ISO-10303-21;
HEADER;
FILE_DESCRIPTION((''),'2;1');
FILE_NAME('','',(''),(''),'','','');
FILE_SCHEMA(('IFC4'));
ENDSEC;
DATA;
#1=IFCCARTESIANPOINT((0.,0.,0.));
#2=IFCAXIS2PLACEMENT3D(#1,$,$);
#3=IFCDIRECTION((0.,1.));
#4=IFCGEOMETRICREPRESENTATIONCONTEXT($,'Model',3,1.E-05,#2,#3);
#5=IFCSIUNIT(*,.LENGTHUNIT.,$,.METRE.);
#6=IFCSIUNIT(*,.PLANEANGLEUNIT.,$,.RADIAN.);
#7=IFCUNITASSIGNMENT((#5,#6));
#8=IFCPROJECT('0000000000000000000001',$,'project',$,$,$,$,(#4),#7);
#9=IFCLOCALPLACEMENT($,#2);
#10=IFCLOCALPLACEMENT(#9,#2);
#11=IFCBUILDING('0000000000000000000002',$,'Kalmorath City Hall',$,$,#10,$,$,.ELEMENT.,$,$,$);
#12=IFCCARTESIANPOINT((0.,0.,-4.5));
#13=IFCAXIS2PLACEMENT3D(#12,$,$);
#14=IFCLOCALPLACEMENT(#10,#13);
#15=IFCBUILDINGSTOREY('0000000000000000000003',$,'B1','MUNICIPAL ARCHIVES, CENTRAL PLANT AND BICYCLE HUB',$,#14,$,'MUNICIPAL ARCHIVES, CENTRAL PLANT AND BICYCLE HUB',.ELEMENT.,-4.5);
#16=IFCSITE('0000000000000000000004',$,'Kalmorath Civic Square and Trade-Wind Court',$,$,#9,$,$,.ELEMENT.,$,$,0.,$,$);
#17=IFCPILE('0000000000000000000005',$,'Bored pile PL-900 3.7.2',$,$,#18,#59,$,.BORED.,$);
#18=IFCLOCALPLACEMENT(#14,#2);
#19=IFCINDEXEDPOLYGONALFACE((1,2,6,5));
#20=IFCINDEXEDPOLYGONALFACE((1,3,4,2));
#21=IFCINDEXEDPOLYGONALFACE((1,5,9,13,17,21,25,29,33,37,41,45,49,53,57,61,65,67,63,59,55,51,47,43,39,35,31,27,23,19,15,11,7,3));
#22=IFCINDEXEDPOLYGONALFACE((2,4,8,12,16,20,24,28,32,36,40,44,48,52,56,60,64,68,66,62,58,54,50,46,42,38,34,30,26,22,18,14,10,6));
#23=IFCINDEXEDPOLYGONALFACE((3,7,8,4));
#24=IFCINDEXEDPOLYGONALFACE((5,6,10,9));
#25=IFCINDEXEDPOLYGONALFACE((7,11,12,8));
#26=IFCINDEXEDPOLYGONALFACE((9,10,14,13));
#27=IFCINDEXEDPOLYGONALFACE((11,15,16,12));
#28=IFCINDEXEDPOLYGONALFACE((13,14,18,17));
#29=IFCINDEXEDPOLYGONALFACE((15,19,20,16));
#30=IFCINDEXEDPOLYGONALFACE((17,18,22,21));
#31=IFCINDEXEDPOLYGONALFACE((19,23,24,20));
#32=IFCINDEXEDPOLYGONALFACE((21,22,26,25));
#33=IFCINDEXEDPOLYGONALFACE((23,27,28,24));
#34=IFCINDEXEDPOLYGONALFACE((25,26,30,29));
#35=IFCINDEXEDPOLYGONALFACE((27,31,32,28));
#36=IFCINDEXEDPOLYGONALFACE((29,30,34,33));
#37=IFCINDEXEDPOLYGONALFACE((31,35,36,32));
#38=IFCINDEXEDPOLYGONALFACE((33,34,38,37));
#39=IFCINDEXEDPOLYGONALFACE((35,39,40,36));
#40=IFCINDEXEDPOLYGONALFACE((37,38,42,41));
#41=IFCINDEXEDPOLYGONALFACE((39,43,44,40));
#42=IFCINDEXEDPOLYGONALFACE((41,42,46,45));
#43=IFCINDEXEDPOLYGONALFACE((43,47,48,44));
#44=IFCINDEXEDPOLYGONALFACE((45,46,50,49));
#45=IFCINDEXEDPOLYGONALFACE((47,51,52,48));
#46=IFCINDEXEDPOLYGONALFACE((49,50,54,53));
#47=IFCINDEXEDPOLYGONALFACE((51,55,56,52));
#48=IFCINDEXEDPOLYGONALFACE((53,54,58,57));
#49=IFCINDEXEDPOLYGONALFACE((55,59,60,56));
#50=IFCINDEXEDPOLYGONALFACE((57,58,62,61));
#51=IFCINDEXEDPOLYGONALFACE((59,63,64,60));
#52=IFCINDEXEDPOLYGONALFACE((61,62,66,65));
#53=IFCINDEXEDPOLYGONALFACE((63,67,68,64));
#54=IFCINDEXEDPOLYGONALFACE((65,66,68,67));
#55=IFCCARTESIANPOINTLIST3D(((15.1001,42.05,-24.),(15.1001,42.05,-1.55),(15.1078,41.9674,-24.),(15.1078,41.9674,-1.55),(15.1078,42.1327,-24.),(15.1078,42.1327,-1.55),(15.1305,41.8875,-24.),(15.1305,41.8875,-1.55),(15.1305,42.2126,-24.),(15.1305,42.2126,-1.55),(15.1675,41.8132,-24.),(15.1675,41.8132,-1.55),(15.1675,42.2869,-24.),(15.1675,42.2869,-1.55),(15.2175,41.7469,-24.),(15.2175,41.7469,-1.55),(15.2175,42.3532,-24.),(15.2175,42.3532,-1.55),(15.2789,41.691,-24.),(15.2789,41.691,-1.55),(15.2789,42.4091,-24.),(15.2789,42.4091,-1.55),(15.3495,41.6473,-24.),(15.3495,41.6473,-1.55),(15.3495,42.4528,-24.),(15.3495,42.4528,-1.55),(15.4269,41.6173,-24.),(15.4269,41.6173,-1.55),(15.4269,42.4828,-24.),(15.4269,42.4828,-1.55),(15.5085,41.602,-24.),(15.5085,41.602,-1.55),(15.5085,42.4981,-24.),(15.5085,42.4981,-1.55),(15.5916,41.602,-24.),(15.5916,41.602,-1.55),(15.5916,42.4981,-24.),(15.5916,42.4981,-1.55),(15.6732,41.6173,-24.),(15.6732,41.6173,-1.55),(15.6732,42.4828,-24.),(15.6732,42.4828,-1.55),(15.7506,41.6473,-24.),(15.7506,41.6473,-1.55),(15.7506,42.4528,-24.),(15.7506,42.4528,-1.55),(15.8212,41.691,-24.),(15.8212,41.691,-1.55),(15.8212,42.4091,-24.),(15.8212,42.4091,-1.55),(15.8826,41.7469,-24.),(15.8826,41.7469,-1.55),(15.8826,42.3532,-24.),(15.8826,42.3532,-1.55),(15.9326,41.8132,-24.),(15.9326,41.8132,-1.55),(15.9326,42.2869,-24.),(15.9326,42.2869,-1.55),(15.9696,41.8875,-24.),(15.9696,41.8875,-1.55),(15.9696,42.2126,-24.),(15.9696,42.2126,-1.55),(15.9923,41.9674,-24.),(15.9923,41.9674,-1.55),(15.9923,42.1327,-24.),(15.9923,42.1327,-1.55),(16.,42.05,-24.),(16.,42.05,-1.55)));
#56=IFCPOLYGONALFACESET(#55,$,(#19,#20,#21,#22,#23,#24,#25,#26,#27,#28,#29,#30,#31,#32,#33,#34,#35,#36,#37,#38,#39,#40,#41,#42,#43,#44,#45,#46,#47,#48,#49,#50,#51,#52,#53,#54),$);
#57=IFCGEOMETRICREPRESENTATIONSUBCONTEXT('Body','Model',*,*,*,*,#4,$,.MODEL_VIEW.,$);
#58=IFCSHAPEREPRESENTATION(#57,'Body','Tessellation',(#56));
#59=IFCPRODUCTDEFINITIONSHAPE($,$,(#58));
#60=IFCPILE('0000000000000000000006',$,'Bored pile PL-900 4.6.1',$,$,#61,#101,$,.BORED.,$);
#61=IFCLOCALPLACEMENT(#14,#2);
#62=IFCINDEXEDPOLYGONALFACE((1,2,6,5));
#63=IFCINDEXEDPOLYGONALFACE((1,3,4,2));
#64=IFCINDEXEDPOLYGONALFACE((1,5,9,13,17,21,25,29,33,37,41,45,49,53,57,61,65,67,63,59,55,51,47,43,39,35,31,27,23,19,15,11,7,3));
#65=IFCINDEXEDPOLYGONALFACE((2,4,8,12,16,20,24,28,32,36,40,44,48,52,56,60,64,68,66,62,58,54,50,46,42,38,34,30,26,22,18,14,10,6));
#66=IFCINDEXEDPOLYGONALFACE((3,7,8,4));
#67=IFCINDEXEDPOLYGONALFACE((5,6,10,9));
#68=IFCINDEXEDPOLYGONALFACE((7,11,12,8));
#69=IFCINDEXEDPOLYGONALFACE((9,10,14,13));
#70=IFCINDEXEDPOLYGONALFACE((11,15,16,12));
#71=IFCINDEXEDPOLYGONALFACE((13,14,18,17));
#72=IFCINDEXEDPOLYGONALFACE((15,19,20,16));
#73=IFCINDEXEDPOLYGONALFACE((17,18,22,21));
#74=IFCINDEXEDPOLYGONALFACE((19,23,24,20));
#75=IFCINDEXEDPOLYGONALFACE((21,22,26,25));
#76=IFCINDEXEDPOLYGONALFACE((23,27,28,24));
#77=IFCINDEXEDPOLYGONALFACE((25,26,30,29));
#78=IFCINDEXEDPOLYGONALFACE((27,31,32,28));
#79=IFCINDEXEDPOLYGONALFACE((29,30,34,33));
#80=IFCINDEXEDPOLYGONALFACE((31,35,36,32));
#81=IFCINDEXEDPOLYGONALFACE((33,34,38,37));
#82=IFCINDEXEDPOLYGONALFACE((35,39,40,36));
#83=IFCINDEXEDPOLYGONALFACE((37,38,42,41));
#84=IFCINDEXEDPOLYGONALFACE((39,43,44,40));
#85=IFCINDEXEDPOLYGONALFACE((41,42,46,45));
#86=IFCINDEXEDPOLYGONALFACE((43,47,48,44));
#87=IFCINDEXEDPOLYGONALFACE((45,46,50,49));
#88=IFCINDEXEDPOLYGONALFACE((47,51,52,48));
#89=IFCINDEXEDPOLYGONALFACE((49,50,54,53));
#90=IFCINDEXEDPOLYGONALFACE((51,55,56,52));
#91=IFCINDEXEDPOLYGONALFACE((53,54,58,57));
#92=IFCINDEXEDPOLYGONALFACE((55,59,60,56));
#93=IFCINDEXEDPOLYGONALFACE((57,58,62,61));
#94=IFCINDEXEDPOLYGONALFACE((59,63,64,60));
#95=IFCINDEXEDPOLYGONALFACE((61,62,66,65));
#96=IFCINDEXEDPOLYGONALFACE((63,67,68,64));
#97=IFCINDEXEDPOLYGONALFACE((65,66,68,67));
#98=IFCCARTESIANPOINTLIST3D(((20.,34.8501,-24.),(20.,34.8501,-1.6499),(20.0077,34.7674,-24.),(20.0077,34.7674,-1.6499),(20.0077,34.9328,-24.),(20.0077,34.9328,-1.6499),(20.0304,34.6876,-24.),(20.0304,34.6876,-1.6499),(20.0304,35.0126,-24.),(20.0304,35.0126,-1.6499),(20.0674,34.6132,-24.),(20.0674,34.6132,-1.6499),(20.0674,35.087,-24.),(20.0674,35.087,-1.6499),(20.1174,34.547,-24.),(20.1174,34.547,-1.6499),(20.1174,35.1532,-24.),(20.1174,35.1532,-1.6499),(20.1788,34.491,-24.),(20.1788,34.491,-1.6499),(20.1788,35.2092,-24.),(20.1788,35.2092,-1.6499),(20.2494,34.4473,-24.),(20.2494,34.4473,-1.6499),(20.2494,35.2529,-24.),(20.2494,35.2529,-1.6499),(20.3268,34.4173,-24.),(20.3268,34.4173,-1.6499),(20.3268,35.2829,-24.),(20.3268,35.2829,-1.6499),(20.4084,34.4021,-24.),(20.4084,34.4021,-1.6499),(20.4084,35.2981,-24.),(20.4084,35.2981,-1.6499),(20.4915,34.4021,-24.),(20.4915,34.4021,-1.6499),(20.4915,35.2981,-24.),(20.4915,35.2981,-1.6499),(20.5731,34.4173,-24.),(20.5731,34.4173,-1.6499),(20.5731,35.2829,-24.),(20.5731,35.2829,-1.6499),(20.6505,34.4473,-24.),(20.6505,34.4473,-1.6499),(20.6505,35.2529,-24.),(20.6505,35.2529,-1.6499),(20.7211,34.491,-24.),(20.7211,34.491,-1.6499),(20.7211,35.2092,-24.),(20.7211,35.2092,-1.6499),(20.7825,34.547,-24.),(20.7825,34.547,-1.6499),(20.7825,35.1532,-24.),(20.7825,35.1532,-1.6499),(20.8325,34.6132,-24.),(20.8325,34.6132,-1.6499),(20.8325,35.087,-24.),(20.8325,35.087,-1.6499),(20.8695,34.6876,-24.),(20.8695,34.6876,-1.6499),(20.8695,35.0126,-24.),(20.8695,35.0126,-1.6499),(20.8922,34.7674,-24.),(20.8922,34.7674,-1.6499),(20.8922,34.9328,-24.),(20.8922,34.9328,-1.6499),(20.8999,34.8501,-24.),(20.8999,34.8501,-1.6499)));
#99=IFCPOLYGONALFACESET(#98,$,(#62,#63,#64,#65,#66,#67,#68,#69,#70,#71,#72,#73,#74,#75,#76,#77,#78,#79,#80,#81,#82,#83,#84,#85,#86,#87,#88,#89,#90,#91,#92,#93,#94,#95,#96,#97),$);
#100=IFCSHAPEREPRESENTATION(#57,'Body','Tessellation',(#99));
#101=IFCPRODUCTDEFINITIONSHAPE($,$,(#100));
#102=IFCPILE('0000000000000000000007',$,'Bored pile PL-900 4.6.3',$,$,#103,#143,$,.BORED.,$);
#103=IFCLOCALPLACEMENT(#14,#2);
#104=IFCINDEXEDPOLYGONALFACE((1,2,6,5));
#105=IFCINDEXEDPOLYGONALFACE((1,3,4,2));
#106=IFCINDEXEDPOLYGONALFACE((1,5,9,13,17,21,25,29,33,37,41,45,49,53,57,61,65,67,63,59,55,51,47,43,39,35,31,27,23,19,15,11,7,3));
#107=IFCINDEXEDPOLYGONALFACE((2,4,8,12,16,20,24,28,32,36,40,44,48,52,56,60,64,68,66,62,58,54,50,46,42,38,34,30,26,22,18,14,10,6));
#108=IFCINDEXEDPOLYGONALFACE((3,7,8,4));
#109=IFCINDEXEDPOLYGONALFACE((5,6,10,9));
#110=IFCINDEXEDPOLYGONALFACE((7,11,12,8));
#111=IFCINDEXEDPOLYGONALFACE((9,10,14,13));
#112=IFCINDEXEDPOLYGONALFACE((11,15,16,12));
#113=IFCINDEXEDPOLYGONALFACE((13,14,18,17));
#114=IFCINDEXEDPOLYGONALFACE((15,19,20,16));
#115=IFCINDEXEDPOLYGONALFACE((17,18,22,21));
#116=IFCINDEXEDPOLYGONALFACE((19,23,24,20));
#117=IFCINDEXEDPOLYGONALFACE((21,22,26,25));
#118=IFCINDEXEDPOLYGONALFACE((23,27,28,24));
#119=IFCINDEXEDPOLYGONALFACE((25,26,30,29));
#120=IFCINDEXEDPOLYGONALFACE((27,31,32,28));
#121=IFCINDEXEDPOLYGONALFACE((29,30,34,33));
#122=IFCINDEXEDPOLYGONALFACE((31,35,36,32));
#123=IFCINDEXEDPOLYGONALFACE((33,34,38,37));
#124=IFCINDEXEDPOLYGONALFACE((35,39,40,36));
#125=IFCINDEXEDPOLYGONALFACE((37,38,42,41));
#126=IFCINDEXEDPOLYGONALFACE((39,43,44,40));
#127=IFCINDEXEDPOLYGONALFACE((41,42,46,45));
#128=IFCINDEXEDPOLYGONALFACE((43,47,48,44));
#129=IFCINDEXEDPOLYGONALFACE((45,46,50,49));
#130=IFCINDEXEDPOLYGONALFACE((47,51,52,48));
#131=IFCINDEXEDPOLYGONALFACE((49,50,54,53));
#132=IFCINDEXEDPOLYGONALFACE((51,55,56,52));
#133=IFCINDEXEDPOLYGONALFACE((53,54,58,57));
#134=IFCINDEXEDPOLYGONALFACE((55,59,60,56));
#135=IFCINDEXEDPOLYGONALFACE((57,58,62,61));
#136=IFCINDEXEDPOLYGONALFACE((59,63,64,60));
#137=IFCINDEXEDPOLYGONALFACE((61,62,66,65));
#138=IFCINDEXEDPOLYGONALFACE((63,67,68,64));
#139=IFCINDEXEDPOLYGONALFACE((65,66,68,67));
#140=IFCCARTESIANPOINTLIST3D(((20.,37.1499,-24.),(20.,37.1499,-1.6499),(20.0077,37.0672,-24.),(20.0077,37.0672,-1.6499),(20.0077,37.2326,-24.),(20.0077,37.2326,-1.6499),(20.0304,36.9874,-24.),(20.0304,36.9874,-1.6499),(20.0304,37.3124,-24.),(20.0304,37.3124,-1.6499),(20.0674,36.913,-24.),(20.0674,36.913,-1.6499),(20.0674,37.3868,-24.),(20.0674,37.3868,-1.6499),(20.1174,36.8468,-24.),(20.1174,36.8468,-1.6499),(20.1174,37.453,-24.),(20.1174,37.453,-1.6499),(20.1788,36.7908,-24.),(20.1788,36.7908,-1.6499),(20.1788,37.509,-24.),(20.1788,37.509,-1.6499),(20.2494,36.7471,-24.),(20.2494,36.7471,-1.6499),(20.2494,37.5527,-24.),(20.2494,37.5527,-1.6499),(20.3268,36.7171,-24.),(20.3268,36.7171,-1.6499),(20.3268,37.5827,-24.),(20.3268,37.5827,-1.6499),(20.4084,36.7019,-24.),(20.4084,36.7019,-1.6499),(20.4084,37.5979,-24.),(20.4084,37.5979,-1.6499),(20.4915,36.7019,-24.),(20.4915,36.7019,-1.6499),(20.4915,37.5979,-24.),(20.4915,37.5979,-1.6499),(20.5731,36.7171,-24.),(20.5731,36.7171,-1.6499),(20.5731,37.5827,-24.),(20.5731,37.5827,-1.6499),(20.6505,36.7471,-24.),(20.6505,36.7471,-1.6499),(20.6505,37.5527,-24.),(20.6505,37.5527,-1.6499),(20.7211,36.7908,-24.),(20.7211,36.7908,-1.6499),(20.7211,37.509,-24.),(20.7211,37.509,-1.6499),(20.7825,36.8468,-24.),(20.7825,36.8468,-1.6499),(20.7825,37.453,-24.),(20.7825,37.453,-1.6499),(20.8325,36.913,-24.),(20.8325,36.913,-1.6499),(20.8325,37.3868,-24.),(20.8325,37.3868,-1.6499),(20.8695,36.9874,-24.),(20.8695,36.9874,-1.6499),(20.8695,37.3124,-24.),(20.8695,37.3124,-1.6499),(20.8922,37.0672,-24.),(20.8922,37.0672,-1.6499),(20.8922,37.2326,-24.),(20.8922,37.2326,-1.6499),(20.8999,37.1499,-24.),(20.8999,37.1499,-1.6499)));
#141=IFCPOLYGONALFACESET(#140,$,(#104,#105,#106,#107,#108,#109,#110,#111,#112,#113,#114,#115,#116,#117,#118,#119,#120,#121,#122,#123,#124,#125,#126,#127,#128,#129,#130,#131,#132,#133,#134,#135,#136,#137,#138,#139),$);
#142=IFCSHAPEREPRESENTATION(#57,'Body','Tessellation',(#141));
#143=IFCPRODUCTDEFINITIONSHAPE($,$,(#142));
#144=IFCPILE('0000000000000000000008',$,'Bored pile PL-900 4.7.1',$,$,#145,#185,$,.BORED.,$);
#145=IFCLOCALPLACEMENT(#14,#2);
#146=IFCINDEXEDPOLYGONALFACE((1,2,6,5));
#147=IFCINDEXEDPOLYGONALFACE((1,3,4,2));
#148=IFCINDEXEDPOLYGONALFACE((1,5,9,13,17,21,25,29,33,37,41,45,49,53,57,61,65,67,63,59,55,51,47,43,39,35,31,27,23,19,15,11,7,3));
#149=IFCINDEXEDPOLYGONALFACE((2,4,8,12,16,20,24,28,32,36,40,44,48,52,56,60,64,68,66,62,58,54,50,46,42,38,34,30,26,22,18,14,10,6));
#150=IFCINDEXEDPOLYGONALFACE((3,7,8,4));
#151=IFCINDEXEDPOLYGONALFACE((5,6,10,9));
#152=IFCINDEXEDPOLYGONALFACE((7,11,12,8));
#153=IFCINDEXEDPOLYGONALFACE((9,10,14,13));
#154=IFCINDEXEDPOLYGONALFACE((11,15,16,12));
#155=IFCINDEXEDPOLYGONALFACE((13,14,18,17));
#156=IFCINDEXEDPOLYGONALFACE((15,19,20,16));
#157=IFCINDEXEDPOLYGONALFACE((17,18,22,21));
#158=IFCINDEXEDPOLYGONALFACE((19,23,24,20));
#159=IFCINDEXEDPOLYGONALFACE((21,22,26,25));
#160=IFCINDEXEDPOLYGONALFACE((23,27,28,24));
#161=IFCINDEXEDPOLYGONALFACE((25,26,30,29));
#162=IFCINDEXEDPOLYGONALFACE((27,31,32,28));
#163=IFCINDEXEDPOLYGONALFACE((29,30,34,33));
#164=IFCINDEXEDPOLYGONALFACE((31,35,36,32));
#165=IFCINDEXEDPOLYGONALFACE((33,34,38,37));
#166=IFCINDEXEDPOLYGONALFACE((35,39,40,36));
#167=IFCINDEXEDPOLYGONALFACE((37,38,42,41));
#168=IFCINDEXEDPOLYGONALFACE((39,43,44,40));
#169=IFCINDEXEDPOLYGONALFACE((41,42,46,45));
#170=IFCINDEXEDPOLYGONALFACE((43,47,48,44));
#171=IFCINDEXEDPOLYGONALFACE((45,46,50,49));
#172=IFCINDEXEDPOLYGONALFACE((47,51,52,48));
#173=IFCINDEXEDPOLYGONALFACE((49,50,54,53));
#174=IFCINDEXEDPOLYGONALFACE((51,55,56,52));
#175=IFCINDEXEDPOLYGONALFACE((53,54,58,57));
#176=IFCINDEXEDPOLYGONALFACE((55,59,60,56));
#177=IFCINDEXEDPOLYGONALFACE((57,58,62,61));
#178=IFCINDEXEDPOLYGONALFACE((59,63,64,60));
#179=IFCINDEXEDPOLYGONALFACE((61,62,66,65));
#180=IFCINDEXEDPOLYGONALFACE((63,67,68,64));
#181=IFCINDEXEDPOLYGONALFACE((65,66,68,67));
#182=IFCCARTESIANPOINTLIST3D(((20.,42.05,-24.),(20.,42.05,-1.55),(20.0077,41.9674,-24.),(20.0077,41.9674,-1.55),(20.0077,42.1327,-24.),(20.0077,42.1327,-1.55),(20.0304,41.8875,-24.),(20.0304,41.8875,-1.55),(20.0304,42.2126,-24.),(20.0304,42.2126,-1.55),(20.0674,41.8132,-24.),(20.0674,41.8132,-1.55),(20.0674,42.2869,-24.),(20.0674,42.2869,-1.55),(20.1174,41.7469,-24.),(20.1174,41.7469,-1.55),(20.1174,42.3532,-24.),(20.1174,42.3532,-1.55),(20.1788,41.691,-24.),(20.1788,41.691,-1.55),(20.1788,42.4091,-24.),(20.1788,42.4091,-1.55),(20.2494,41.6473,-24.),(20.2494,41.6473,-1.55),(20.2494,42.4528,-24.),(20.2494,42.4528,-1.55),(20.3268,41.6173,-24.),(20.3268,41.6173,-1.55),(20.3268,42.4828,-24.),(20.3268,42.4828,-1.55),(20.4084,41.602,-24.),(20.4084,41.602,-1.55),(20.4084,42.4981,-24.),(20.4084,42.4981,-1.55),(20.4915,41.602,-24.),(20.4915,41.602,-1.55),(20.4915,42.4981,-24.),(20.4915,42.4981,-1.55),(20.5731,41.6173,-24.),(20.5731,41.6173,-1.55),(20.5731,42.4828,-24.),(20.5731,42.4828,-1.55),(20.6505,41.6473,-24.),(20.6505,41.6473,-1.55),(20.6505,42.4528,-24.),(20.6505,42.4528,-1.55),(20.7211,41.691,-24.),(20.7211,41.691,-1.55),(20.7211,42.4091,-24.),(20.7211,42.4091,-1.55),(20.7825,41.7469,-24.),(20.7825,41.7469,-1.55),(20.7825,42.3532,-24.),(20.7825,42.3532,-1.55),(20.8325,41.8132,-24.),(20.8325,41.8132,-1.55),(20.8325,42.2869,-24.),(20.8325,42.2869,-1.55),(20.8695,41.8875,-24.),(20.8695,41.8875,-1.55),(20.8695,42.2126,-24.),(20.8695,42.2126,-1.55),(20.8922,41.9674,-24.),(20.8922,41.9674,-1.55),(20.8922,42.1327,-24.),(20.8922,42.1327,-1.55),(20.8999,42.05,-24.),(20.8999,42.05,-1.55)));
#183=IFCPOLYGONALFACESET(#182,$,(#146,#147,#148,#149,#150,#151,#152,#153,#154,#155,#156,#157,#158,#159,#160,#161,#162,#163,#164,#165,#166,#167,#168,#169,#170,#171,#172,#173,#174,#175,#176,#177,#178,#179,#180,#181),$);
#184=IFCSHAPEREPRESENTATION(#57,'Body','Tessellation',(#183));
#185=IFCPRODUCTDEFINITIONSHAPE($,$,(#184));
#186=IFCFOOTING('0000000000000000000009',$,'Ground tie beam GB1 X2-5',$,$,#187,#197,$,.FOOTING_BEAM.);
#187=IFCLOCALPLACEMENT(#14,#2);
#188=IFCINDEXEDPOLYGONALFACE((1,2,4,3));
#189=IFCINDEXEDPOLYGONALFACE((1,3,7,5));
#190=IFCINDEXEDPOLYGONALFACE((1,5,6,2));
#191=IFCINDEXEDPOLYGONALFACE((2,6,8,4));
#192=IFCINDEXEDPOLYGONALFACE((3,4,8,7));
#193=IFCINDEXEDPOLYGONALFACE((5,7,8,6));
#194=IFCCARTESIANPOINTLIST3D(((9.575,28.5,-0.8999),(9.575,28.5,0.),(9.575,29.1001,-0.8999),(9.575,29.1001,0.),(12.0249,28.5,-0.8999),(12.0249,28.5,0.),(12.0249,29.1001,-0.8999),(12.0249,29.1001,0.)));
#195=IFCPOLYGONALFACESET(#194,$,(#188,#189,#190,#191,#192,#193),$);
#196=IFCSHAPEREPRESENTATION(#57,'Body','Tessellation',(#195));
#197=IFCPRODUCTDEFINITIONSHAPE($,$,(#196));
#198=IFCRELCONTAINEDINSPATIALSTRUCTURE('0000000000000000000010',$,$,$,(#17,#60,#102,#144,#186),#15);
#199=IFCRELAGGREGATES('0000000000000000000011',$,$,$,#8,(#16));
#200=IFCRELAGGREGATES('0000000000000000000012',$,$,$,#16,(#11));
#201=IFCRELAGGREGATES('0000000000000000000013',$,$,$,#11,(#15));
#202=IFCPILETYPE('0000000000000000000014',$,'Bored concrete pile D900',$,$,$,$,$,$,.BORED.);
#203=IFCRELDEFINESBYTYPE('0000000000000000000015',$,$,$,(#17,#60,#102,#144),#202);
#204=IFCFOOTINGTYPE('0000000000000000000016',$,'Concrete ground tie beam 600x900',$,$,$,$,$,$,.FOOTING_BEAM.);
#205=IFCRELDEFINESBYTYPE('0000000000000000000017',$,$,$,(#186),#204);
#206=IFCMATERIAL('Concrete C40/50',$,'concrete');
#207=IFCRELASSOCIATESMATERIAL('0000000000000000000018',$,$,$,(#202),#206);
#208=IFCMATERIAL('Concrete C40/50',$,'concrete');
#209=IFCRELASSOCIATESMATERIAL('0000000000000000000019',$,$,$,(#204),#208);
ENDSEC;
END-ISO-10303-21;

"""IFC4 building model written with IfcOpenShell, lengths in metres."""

from ifc_helpers import new_model, si_unit, direction, frame, origin, origin_2d, place, context, subcontext, project, spatial, rectangle, circle, extrude, material, material_profile, profile_set, type_object, element, save


model = new_model("IFC4")

# Units and contexts
model_context = context("Model", 3, precision=1e-05, world=origin(), true_north=direction((0.0, 1.0)))
body_context = subcontext(model_context, "Body", "Model", "MODEL_VIEW")
ifc_project = project(units=[si_unit("LENGTHUNIT", "METRE"), si_unit("PLANEANGLEUNIT", "RADIAN")], contexts=[model_context])

# Site, building, storey
site_placement = place(None, origin())
site = spatial("IfcSite", under=ifc_project, at=site_placement, Name="Kalmorath Civic Square and Trade-Wind Court", CompositionType="ELEMENT", RefElevation=0.0)
building_placement = place(site_placement, origin())
building = spatial("IfcBuilding", under=site, at=building_placement, Name="Kalmorath City Hall", CompositionType="ELEMENT")
storey_placement = place(building_placement, frame((0.0, 0.0, -4.5)))
storey = spatial("IfcBuildingStorey", under=building, at=storey_placement, Name="B1", Description="MUNICIPAL ARCHIVES, CENTRAL PLANT AND BICYCLE HUB", LongName="MUNICIPAL ARCHIVES, CENTRAL PLANT AND BICYCLE HUB", CompositionType="ELEMENT", Elevation=-4.5)

# Piles
ifc_material_1 = material(Name="Concrete C40/50", Category="concrete")
ifc_material_profile_1 = material_profile(ifc_material_1, circle(Radius=0.45, at=origin_2d()), Name="PILE-D900")
ifc_profile_set_1 = profile_set([ifc_material_profile_1], Name="Concrete C40/50")
pile_type_1 = type_object("IfcPileType", Name="Bored concrete pile D900", PredefinedType="BORED", material=ifc_profile_set_1)
for number, where, z_axis, x_axis, name in (
    (1, (15.55, 42.05, -1.55), (0.0, 0.0, -1.0), (1.0, 0.0, 0.0), "Bored pile PL-900 3.7.2"),
):
    element("IfcPile", number, at=place(storey_placement, frame(where, z_axis=z_axis, x_axis=x_axis)), inside=storey, type_object=pile_type_1, Name=name, PredefinedType="BORED", context=body_context, shape_type="SweptSolid", body=[
        extrude(circle(Radius=0.45, at=origin_2d()), origin(), (0.0, 0.0, 1.0), 22.45),
    ])
for number, where, z_axis, x_axis, name in (
    (2, (20.45, 34.8501, -1.6499), (0.0, 0.0, -1.0), (1.0, 0.0, 0.0), "Bored pile PL-900 4.6.1"),
    (3, (20.45, 37.1499, -1.6499), (0.0, 0.0, -1.0), (1.0, 0.0, 0.0), "Bored pile PL-900 4.6.3"),
):
    element("IfcPile", number, at=place(storey_placement, frame(where, z_axis=z_axis, x_axis=x_axis)), inside=storey, type_object=pile_type_1, Name=name, PredefinedType="BORED", context=body_context, shape_type="SweptSolid", body=[
        extrude(circle(Radius=0.45, at=origin_2d()), origin(), (0.0, 0.0, 1.0), 22.3501),
    ])
pile_placement = place(storey_placement, frame((20.45, 42.05, -1.55), z_axis=(0.0, 0.0, -1.0), x_axis=(1.0, 0.0, 0.0)))
element("IfcPile", 4, at=pile_placement, inside=storey, type_object=pile_type_1, Name="Bored pile PL-900 4.7.1", PredefinedType="BORED", context=body_context, shape_type="SweptSolid", body=[
    extrude(circle(Radius=0.45, at=origin_2d()), origin(), (0.0, 0.0, 1.0), 22.45),
])

# Footing
ifc_material_2 = material(Name="Concrete C40/50", Category="concrete")
ifc_material_profile_2 = material_profile(ifc_material_2, rectangle(XDim=0.6001, YDim=0.8999, at=origin_2d()), Name="RC-BM-600X900")
ifc_profile_set_2 = profile_set([ifc_material_profile_2], Name="Concrete C40/50")
footing_type_1 = type_object("IfcFootingType", Name="Concrete ground tie beam 600x900", PredefinedType="FOOTING_BEAM", material=ifc_profile_set_2)
footing_1_placement = place(storey_placement, frame((9.575, 28.8, -0.45), z_axis=(1.0, 0.0, 0.0), x_axis=(0.0, 1.0, 0.0)))
element("IfcFooting", 5, at=footing_1_placement, inside=storey, type_object=footing_type_1, Name="Ground tie beam GB1 X2-5", PredefinedType="FOOTING_BEAM", context=body_context, shape_type="SweptSolid", body=[
    extrude(rectangle(XDim=0.6001, YDim=0.8999, at=origin_2d()), origin(), (0.0, 0.0, 1.0), 2.45),
])

save(model, "model.ifc")
